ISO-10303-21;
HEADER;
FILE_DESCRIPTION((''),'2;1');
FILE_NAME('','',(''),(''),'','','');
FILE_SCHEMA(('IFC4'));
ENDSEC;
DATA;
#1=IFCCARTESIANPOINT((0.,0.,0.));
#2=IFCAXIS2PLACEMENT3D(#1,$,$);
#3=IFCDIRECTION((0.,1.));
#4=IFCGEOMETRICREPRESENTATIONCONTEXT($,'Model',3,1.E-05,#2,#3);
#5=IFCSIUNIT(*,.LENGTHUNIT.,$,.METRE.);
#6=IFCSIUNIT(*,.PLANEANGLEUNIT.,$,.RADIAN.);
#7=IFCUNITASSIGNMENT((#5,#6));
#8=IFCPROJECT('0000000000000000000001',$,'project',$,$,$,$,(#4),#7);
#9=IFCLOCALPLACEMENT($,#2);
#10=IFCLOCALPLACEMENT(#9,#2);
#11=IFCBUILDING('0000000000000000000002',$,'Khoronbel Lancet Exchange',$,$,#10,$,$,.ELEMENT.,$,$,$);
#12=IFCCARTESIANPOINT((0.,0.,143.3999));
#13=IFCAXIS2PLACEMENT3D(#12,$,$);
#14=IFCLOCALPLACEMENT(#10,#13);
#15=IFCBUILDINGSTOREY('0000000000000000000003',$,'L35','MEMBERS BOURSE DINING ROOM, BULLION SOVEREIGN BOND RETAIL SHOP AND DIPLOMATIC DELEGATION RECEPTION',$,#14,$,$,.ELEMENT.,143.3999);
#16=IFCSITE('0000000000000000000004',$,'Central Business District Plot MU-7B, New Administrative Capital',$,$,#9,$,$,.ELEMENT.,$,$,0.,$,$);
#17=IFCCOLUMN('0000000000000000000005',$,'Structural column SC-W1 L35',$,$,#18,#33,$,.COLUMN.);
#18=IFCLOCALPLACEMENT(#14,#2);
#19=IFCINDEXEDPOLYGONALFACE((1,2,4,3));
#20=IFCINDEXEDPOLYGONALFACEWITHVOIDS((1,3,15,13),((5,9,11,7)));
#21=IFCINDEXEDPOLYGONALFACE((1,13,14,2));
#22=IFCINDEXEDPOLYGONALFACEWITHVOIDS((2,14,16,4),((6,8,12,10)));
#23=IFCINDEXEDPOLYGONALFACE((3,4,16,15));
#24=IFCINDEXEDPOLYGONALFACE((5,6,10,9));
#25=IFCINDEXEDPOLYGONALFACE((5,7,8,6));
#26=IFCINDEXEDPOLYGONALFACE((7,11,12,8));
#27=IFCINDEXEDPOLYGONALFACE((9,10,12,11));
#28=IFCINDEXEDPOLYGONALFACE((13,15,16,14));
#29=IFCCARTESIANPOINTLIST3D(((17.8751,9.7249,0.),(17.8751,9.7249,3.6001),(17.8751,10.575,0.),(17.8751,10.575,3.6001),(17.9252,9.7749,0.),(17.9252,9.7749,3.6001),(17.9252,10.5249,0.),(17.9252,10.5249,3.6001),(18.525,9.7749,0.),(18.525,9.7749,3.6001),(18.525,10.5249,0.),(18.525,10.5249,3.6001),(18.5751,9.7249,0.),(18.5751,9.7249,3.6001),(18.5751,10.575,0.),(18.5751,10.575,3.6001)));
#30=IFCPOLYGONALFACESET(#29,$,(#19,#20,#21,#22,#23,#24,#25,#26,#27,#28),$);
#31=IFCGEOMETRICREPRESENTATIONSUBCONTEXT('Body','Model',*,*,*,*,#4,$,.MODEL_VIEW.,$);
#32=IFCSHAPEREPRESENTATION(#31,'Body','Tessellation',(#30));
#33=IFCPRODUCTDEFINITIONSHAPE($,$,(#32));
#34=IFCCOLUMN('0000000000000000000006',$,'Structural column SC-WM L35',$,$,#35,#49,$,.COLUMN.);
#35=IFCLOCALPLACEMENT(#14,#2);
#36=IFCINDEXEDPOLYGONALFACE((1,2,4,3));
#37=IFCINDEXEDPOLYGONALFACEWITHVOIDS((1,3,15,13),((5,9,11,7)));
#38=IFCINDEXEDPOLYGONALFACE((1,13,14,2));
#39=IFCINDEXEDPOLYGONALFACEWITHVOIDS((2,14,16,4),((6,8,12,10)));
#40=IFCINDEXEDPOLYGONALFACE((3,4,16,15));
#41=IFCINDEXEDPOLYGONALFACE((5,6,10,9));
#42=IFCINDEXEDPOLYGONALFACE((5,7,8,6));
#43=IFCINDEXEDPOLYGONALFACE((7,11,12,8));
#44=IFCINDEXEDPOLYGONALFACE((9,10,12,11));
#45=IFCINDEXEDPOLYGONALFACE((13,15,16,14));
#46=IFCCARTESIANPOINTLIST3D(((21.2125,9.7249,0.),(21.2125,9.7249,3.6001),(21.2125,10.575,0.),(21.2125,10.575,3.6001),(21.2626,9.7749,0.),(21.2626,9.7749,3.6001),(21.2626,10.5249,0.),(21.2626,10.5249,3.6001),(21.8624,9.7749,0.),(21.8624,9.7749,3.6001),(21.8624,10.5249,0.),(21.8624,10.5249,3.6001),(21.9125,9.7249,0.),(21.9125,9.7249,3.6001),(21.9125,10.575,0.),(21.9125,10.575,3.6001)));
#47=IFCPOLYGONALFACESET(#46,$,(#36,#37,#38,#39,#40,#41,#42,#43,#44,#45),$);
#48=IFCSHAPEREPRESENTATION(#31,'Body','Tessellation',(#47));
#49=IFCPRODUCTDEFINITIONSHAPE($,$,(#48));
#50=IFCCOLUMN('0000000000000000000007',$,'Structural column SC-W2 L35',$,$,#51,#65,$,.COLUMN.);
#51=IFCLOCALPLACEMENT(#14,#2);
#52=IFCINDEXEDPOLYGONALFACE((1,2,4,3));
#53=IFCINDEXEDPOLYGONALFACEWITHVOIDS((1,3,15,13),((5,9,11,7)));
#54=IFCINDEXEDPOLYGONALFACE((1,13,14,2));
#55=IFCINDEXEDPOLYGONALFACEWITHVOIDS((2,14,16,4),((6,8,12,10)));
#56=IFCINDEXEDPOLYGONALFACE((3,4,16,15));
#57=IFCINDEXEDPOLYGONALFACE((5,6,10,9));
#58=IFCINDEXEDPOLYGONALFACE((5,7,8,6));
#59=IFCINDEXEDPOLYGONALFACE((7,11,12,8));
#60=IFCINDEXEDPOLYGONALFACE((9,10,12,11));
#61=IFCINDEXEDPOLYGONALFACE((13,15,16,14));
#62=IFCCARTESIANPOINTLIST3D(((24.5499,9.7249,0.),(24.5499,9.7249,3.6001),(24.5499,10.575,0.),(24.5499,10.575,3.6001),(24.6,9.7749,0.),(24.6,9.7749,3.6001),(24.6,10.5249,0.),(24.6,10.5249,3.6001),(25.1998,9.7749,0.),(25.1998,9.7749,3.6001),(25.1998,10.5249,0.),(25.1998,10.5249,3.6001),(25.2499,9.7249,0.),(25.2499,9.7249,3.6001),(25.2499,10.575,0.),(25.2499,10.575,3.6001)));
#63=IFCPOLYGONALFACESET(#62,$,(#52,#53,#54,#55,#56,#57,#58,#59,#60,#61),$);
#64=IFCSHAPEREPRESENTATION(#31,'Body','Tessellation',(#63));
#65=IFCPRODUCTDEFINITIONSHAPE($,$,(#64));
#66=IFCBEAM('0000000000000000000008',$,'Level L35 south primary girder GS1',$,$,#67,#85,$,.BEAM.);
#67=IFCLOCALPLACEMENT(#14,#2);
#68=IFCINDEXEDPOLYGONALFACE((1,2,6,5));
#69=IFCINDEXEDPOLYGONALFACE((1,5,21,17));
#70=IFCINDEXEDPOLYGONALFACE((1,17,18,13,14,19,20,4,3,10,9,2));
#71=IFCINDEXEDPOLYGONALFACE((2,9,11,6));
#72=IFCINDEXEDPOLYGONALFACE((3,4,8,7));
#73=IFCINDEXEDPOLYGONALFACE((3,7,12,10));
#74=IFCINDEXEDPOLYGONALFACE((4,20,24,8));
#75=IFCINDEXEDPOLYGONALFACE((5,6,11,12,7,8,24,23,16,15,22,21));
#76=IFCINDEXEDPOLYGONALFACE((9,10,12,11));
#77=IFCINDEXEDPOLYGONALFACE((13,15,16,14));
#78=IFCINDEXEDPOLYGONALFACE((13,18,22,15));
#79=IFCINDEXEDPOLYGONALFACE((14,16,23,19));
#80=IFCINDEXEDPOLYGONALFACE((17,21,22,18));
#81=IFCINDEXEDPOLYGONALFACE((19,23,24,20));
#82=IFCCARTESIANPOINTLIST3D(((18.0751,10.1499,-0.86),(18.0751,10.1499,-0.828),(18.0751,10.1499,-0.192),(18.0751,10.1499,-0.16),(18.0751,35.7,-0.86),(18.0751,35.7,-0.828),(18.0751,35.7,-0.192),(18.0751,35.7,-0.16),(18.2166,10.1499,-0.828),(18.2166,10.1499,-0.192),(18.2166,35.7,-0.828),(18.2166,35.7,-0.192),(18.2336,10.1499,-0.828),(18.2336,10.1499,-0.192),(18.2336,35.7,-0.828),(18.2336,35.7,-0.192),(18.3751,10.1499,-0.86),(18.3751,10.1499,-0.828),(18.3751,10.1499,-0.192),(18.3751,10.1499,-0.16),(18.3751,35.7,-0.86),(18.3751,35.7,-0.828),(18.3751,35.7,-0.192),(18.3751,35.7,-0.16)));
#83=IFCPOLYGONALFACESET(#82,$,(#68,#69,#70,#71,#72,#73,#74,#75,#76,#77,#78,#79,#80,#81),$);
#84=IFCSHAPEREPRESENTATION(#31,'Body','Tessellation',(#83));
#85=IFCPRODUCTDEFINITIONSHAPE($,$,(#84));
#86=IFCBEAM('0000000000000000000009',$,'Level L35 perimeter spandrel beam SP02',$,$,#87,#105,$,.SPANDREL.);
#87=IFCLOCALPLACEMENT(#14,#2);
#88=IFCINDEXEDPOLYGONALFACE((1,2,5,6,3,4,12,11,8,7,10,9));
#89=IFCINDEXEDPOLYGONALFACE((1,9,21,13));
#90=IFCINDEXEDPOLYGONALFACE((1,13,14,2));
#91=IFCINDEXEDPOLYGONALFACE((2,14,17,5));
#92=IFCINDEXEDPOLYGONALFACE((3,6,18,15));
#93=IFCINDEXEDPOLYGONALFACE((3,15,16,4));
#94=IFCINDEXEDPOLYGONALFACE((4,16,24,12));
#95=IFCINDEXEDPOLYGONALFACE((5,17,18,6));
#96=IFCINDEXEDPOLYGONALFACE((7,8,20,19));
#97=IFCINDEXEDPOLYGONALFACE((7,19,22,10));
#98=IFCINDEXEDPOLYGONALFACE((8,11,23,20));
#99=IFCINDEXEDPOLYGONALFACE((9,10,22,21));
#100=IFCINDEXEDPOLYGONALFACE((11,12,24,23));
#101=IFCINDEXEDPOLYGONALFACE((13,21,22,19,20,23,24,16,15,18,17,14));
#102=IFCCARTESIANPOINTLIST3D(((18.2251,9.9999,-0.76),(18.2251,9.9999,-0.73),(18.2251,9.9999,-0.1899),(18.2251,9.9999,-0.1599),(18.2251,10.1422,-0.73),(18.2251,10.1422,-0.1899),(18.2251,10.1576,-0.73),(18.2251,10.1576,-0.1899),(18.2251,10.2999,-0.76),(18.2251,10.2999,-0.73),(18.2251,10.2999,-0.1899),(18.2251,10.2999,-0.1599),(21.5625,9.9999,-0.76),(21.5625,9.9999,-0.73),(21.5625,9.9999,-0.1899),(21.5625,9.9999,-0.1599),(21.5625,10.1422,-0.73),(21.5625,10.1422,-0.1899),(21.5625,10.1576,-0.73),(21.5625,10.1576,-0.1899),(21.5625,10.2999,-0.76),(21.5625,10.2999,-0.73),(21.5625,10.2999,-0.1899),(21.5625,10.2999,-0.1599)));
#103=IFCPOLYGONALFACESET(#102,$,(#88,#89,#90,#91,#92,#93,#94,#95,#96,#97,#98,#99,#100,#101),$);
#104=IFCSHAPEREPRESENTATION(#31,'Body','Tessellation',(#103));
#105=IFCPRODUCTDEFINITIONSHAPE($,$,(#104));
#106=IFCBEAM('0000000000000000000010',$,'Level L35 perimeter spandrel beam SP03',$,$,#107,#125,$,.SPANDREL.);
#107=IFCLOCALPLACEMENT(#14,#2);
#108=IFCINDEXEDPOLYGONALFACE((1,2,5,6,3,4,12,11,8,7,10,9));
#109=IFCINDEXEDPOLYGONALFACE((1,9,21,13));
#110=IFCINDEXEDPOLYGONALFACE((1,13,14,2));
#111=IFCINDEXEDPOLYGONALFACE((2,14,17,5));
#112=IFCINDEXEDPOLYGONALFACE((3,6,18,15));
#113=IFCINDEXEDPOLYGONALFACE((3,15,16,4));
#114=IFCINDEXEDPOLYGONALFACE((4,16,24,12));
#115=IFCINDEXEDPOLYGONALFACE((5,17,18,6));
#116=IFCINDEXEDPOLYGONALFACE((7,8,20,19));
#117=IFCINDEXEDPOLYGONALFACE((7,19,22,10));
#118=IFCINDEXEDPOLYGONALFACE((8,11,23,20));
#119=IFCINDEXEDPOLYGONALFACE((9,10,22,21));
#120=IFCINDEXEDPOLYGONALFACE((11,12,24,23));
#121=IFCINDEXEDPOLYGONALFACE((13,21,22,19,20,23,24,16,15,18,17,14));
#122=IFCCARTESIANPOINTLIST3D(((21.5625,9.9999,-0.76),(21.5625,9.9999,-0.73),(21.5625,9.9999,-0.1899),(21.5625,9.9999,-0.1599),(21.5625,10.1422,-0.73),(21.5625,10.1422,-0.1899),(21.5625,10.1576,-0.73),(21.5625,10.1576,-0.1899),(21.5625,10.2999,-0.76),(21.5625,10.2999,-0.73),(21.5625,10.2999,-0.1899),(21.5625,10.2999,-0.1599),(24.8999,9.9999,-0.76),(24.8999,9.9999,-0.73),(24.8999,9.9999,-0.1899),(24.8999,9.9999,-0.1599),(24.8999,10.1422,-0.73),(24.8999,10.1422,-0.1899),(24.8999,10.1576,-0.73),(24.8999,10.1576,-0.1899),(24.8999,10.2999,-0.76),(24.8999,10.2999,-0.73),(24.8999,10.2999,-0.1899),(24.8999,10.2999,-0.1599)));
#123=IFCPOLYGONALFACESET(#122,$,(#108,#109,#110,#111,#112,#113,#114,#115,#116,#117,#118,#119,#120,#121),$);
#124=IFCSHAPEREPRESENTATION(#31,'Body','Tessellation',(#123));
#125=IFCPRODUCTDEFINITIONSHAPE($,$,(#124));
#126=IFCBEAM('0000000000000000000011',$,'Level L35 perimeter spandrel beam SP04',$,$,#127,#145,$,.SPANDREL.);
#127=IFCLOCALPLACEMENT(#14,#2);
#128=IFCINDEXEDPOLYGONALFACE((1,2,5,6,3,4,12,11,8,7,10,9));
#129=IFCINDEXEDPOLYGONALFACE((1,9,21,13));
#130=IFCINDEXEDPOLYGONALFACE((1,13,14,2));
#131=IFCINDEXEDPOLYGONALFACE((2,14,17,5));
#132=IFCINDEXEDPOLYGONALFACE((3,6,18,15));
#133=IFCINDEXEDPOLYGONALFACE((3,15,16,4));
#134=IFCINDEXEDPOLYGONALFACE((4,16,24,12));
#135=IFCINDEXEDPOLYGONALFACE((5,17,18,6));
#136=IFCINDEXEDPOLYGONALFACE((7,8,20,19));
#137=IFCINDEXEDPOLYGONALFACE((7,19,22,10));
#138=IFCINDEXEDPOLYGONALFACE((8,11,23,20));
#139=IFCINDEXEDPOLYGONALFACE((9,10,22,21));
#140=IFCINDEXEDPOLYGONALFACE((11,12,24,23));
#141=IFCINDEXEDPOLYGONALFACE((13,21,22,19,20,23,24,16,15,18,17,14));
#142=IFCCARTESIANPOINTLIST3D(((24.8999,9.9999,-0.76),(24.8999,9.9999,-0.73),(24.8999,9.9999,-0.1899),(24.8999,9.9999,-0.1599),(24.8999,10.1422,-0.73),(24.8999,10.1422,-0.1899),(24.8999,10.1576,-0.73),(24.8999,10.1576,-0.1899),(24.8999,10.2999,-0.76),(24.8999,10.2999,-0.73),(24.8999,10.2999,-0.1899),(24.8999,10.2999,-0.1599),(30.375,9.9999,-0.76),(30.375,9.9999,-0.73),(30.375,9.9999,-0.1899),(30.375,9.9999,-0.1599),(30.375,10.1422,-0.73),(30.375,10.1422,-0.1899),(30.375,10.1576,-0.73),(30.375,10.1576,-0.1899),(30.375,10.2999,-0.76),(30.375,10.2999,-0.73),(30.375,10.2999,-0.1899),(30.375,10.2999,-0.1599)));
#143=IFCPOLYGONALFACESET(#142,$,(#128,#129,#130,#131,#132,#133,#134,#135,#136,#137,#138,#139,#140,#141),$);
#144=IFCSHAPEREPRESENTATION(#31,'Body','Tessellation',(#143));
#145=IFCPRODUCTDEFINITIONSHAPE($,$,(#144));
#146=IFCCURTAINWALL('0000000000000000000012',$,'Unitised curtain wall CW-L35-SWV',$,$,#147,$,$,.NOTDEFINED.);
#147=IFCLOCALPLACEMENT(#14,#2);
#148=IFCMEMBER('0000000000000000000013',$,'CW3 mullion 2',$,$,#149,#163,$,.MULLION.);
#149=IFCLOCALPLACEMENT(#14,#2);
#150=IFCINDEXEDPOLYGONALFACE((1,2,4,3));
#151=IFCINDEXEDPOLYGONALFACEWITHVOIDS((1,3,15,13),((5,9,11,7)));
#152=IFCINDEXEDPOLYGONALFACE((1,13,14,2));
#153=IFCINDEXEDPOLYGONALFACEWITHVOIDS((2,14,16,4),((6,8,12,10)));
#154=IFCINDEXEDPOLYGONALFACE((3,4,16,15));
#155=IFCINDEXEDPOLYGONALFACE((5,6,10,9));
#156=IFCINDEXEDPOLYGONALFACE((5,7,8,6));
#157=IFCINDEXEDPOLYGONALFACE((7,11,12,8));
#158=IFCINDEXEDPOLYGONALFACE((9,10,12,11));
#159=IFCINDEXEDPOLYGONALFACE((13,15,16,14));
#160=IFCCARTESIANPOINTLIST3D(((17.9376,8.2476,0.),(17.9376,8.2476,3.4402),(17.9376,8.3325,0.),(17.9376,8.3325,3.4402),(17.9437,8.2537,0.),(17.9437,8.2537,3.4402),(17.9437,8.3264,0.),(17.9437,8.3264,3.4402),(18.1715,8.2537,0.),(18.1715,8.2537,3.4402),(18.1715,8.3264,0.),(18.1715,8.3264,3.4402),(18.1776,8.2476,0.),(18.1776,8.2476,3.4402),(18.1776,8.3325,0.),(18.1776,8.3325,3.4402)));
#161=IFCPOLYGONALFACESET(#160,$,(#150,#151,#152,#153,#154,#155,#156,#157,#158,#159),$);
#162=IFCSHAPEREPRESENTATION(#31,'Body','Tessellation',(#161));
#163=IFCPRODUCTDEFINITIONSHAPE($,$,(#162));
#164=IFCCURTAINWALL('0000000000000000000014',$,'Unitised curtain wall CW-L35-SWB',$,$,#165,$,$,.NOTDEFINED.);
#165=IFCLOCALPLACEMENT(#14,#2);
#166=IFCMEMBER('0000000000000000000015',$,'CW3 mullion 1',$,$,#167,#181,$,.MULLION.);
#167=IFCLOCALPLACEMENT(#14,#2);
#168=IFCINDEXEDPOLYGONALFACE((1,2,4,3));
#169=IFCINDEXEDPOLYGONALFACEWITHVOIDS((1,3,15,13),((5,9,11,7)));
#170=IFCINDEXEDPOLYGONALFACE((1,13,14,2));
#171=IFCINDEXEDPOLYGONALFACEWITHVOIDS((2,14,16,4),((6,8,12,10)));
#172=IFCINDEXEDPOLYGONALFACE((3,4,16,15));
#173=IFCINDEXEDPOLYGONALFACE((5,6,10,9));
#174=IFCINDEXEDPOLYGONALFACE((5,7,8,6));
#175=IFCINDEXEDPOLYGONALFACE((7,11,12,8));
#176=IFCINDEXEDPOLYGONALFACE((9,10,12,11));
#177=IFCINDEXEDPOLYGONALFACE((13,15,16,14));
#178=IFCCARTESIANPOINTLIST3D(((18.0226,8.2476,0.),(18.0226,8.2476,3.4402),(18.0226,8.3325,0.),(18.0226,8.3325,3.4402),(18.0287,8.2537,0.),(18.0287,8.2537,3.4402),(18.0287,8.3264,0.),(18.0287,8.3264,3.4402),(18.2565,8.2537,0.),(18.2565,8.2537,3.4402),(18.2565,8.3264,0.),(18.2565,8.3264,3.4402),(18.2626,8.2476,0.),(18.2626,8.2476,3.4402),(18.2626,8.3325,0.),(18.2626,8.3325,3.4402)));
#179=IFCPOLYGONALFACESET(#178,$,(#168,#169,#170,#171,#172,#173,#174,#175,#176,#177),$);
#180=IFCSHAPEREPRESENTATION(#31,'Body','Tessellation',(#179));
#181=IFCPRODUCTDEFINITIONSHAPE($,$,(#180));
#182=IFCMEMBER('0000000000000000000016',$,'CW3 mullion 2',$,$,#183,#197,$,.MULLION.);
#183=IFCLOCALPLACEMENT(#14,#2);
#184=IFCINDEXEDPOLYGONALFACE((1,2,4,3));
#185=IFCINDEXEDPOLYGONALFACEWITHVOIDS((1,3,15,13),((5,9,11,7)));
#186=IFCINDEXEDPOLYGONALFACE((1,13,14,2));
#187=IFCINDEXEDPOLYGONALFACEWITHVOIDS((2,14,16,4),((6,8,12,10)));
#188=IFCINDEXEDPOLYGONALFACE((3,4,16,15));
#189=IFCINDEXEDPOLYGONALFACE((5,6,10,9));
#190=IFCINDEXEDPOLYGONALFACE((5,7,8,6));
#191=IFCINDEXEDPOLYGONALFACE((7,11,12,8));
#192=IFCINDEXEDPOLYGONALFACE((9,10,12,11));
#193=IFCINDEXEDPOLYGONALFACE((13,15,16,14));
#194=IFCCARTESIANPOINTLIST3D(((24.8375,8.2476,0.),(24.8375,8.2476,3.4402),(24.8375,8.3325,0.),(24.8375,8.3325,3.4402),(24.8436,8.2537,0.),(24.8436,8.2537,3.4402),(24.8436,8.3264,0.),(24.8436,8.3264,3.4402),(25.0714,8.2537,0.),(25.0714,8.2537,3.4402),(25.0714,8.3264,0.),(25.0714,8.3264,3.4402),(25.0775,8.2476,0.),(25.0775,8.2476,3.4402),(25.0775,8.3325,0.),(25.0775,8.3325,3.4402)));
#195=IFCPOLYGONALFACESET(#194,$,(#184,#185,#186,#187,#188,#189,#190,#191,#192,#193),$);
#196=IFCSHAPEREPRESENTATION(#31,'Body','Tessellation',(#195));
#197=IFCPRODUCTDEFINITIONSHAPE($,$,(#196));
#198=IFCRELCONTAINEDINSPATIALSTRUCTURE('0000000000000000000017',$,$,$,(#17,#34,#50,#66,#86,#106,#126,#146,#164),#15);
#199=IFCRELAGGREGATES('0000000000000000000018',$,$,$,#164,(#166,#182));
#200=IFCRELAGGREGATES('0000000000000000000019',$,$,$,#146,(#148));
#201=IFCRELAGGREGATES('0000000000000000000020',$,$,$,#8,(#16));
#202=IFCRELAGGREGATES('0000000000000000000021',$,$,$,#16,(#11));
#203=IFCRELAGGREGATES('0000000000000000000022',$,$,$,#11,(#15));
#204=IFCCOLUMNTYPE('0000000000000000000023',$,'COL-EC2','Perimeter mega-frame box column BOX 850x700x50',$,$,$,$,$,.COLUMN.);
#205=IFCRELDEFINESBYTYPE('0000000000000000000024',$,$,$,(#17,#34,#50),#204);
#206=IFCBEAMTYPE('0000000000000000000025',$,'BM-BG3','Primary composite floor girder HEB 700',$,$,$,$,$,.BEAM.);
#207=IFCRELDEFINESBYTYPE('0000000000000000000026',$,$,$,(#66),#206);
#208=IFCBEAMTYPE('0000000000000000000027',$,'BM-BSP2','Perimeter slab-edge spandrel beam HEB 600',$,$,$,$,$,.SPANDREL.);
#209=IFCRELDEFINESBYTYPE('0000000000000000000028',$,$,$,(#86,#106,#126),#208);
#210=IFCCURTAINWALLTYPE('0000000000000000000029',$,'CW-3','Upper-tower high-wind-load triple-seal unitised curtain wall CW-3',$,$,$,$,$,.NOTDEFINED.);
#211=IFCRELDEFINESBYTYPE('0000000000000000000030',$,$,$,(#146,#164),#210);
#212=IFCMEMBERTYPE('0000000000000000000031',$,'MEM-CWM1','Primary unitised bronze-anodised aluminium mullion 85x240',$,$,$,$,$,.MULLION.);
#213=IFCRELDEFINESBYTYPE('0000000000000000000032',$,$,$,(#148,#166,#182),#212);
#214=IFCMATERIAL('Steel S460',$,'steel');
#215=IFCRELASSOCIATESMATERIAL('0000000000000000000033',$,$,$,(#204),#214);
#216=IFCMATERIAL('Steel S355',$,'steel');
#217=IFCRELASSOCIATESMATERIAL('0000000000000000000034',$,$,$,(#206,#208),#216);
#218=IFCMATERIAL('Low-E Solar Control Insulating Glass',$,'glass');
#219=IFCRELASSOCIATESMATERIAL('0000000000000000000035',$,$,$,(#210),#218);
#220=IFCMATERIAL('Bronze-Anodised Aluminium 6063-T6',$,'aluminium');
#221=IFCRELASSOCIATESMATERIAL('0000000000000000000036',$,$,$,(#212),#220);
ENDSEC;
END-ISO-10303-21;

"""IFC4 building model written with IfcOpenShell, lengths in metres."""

from ifc_helpers import new_model, si_unit, direction, frame, origin, origin_2d, place, context, subcontext, project, spatial, hollow_rectangle, i_section, extrude, material, material_profile, profile_set, type_object, element, aggregate, save


model = new_model("IFC4")

# Units and contexts
model_context = context("Model", 3, precision=1e-05, world=origin(), true_north=direction((0.0, 1.0)))
body_context = subcontext(model_context, "Body", "Model", "MODEL_VIEW")
ifc_project = project(units=[si_unit("LENGTHUNIT", "METRE"), si_unit("PLANEANGLEUNIT", "RADIAN")], contexts=[model_context])

# Site, building, storey
site_placement = place(None, origin())
site = spatial("IfcSite", under=ifc_project, at=site_placement, Name="Central Business District Plot MU-7B, New Administrative Capital", CompositionType="ELEMENT", RefElevation=0.0)
building_placement = place(site_placement, origin())
building = spatial("IfcBuilding", under=site, at=building_placement, Name="Khoronbel Lancet Exchange", CompositionType="ELEMENT")
storey_placement = place(building_placement, frame((0.0, 0.0, 143.3999)))
storey = spatial("IfcBuildingStorey", under=building, at=storey_placement, Name="L35", Description="MEMBERS BOURSE DINING ROOM, BULLION SOVEREIGN BOND RETAIL SHOP AND DIPLOMATIC DELEGATION RECEPTION", CompositionType="ELEMENT", Elevation=143.3999)

# Columns
ifc_material_1 = material(Name="Steel S460", Category="steel")
ifc_material_profile_1 = material_profile(ifc_material_1, hollow_rectangle(XDim=0.7, YDim=0.8501, WallThickness=0.05, at=origin_2d()), Name="BOX 850x700x50")
ifc_profile_set_1 = profile_set([ifc_material_profile_1], Name="Steel S460")
column_type = type_object("IfcColumnType", Name="COL-EC2", Description="Perimeter mega-frame box column BOX 850x700x50", PredefinedType="COLUMN", material=ifc_profile_set_1)
for number, where, z_axis, x_axis, name in (
    (1, (18.2251, 10.1499, 0.0), (0.0, 0.0, 1.0), (1.0, 0.0, 0.0), "Structural column SC-W1 L35"),
    (2, (21.5625, 10.1499, 0.0), (0.0, 0.0, 1.0), (1.0, 0.0, 0.0), "Structural column SC-WM L35"),
    (3, (24.8999, 10.1499, 0.0), (0.0, 0.0, 1.0), (1.0, 0.0, 0.0), "Structural column SC-W2 L35"),
):
    element("IfcColumn", number, at=place(storey_placement, frame(where, z_axis=z_axis, x_axis=x_axis)), inside=storey, type_object=column_type, Name=name, PredefinedType="COLUMN", context=body_context, shape_type="SweptSolid", body=[
        extrude(hollow_rectangle(XDim=0.7, YDim=0.8501, WallThickness=0.05, at=origin_2d()), origin(), (0.0, 0.0, 1.0), 3.6001),
    ])

# Beams
ifc_material_2 = material(Name="Steel S355", Category="steel")
ifc_material_profile_2 = material_profile(ifc_material_2, i_section(OverallWidth=0.3, OverallDepth=0.7, WebThickness=0.0171, FlangeThickness=0.032, at=origin_2d()), Name="HEB 700")
ifc_profile_set_2 = profile_set([ifc_material_profile_2], Name="Steel S355")
beam_type_1 = type_object("IfcBeamType", Name="BM-BG3", Description="Primary composite floor girder HEB 700", PredefinedType="BEAM", material=ifc_profile_set_2)
beam_1_placement = place(storey_placement, frame((18.2251, 10.1499, -0.51), z_axis=(0.0, 1.0, 0.0), x_axis=(-1.0, 0.0, 0.0)))
element("IfcBeam", 4, at=beam_1_placement, inside=storey, type_object=beam_type_1, Name="Level L35 south primary girder GS1", PredefinedType="BEAM", context=body_context, shape_type="SweptSolid", body=[
    extrude(i_section(OverallWidth=0.3, OverallDepth=0.7, WebThickness=0.0171, FlangeThickness=0.032, at=origin_2d()), origin(), (0.0, 0.0, 1.0), 25.55),
])
ifc_material_profile_3 = material_profile(ifc_material_2, i_section(OverallWidth=0.3, OverallDepth=0.6001, WebThickness=0.0154, FlangeThickness=0.03, at=origin_2d()), Name="HEB 600")
ifc_profile_set_3 = profile_set([ifc_material_profile_3], Name="Steel S355")
beam_type_2 = type_object("IfcBeamType", Name="BM-BSP2", Description="Perimeter slab-edge spandrel beam HEB 600", PredefinedType="SPANDREL", material=ifc_profile_set_3)
for number, where, z_axis, x_axis, name in (
    (5, (18.2251, 10.1499, -0.46), (1.0, 0.0, 0.0), (0.0, 1.0, 0.0), "Level L35 perimeter spandrel beam SP02"),
    (6, (21.5625, 10.1499, -0.46), (1.0, 0.0, 0.0), (0.0, 1.0, 0.0), "Level L35 perimeter spandrel beam SP03"),
):
    element("IfcBeam", number, at=place(storey_placement, frame(where, z_axis=z_axis, x_axis=x_axis)), inside=storey, type_object=beam_type_2, Name=name, PredefinedType="SPANDREL", context=body_context, shape_type="SweptSolid", body=[
        extrude(i_section(OverallWidth=0.3, OverallDepth=0.6001, WebThickness=0.0154, FlangeThickness=0.03, at=origin_2d()), origin(), (0.0, 0.0, 1.0), 3.3374),
    ])
beam_2_placement = place(storey_placement, frame((24.8999, 10.1499, -0.46), z_axis=(1.0, 0.0, 0.0), x_axis=(0.0, 1.0, 0.0)))
element("IfcBeam", 7, at=beam_2_placement, inside=storey, type_object=beam_type_2, Name="Level L35 perimeter spandrel beam SP04", PredefinedType="SPANDREL", context=body_context, shape_type="SweptSolid", body=[
    extrude(i_section(OverallWidth=0.3, OverallDepth=0.6001, WebThickness=0.0154, FlangeThickness=0.03, at=origin_2d()), origin(), (0.0, 0.0, 1.0), 5.4751),
])

# Curtain wall, member
ifc_material_3 = material(Name="Low-E Solar Control Insulating Glass", Category="glass")
curtain_wall_type = type_object("IfcCurtainWallType", Name="CW-3", Description="Upper-tower high-wind-load triple-seal unitised curtain wall CW-3", PredefinedType="NOTDEFINED", material=ifc_material_3)
curtain_wall_1_placement = place(storey_placement, origin())
curtain_wall_1 = element("IfcCurtainWall", 8, at=curtain_wall_1_placement, inside=storey, type_object=curtain_wall_type, Name="Unitised curtain wall CW-L35-SWV", PredefinedType="NOTDEFINED")
ifc_material_4 = material(Name="Bronze-Anodised Aluminium 6063-T6", Category="aluminium")
ifc_material_profile_4 = material_profile(ifc_material_4, hollow_rectangle(XDim=0.085, YDim=0.24, WallThickness=0.0061, at=origin_2d()), Name="ALU MULLION 85x240")
ifc_profile_set_4 = profile_set([ifc_material_profile_4], Name="Bronze-Anodised Aluminium 6063-T6")
member_type_1 = type_object("IfcMemberType", Name="MEM-CWM1", Description="Primary unitised bronze-anodised aluminium mullion 85x240", PredefinedType="MULLION", material=ifc_profile_set_4)
member_1_placement = place(storey_placement, frame((18.0576, 8.29, 0.0), z_axis=(0.0, 0.0, 1.0), x_axis=(0.0, 1.0, 0.0)))
member_1 = element("IfcMember", 9, at=member_1_placement, type_object=member_type_1, Name="CW3 mullion 2", PredefinedType="MULLION", context=body_context, shape_type="SweptSolid", body=[
    extrude(hollow_rectangle(XDim=0.085, YDim=0.24, WallThickness=0.0061, at=origin_2d()), origin(), (0.0, 0.0, 1.0), 3.4402),
])

# Curtain wall, members
curtain_wall_2_placement = place(storey_placement, origin())
curtain_wall_2 = element("IfcCurtainWall", 10, at=curtain_wall_2_placement, inside=storey, type_object=curtain_wall_type, Name="Unitised curtain wall CW-L35-SWB", PredefinedType="NOTDEFINED")
member_2_placement = place(storey_placement, frame((18.1426, 8.29, 0.0), z_axis=(0.0, 0.0, 1.0), x_axis=(0.0, 1.0, 0.0)))
member_2 = element("IfcMember", 11, at=member_2_placement, type_object=member_type_1, Name="CW3 mullion 1", PredefinedType="MULLION", context=body_context, shape_type="SweptSolid", body=[
    extrude(hollow_rectangle(XDim=0.085, YDim=0.24, WallThickness=0.0061, at=origin_2d()), origin(), (0.0, 0.0, 1.0), 3.4402),
])
member_3_placement = place(storey_placement, frame((24.9575, 8.29, 0.0), z_axis=(0.0, 0.0, 1.0), x_axis=(0.0, 1.0, 0.0)))
member_3 = element("IfcMember", 12, at=member_3_placement, type_object=member_type_1, Name="CW3 mullion 2", PredefinedType="MULLION", context=body_context, shape_type="SweptSolid", body=[
    extrude(hollow_rectangle(XDim=0.085, YDim=0.24, WallThickness=0.0061, at=origin_2d()), origin(), (0.0, 0.0, 1.0), 3.4402),
])

aggregate(curtain_wall_2, [member_2, member_3])
aggregate(curtain_wall_1, [member_1])

save(model, "model.ifc")
